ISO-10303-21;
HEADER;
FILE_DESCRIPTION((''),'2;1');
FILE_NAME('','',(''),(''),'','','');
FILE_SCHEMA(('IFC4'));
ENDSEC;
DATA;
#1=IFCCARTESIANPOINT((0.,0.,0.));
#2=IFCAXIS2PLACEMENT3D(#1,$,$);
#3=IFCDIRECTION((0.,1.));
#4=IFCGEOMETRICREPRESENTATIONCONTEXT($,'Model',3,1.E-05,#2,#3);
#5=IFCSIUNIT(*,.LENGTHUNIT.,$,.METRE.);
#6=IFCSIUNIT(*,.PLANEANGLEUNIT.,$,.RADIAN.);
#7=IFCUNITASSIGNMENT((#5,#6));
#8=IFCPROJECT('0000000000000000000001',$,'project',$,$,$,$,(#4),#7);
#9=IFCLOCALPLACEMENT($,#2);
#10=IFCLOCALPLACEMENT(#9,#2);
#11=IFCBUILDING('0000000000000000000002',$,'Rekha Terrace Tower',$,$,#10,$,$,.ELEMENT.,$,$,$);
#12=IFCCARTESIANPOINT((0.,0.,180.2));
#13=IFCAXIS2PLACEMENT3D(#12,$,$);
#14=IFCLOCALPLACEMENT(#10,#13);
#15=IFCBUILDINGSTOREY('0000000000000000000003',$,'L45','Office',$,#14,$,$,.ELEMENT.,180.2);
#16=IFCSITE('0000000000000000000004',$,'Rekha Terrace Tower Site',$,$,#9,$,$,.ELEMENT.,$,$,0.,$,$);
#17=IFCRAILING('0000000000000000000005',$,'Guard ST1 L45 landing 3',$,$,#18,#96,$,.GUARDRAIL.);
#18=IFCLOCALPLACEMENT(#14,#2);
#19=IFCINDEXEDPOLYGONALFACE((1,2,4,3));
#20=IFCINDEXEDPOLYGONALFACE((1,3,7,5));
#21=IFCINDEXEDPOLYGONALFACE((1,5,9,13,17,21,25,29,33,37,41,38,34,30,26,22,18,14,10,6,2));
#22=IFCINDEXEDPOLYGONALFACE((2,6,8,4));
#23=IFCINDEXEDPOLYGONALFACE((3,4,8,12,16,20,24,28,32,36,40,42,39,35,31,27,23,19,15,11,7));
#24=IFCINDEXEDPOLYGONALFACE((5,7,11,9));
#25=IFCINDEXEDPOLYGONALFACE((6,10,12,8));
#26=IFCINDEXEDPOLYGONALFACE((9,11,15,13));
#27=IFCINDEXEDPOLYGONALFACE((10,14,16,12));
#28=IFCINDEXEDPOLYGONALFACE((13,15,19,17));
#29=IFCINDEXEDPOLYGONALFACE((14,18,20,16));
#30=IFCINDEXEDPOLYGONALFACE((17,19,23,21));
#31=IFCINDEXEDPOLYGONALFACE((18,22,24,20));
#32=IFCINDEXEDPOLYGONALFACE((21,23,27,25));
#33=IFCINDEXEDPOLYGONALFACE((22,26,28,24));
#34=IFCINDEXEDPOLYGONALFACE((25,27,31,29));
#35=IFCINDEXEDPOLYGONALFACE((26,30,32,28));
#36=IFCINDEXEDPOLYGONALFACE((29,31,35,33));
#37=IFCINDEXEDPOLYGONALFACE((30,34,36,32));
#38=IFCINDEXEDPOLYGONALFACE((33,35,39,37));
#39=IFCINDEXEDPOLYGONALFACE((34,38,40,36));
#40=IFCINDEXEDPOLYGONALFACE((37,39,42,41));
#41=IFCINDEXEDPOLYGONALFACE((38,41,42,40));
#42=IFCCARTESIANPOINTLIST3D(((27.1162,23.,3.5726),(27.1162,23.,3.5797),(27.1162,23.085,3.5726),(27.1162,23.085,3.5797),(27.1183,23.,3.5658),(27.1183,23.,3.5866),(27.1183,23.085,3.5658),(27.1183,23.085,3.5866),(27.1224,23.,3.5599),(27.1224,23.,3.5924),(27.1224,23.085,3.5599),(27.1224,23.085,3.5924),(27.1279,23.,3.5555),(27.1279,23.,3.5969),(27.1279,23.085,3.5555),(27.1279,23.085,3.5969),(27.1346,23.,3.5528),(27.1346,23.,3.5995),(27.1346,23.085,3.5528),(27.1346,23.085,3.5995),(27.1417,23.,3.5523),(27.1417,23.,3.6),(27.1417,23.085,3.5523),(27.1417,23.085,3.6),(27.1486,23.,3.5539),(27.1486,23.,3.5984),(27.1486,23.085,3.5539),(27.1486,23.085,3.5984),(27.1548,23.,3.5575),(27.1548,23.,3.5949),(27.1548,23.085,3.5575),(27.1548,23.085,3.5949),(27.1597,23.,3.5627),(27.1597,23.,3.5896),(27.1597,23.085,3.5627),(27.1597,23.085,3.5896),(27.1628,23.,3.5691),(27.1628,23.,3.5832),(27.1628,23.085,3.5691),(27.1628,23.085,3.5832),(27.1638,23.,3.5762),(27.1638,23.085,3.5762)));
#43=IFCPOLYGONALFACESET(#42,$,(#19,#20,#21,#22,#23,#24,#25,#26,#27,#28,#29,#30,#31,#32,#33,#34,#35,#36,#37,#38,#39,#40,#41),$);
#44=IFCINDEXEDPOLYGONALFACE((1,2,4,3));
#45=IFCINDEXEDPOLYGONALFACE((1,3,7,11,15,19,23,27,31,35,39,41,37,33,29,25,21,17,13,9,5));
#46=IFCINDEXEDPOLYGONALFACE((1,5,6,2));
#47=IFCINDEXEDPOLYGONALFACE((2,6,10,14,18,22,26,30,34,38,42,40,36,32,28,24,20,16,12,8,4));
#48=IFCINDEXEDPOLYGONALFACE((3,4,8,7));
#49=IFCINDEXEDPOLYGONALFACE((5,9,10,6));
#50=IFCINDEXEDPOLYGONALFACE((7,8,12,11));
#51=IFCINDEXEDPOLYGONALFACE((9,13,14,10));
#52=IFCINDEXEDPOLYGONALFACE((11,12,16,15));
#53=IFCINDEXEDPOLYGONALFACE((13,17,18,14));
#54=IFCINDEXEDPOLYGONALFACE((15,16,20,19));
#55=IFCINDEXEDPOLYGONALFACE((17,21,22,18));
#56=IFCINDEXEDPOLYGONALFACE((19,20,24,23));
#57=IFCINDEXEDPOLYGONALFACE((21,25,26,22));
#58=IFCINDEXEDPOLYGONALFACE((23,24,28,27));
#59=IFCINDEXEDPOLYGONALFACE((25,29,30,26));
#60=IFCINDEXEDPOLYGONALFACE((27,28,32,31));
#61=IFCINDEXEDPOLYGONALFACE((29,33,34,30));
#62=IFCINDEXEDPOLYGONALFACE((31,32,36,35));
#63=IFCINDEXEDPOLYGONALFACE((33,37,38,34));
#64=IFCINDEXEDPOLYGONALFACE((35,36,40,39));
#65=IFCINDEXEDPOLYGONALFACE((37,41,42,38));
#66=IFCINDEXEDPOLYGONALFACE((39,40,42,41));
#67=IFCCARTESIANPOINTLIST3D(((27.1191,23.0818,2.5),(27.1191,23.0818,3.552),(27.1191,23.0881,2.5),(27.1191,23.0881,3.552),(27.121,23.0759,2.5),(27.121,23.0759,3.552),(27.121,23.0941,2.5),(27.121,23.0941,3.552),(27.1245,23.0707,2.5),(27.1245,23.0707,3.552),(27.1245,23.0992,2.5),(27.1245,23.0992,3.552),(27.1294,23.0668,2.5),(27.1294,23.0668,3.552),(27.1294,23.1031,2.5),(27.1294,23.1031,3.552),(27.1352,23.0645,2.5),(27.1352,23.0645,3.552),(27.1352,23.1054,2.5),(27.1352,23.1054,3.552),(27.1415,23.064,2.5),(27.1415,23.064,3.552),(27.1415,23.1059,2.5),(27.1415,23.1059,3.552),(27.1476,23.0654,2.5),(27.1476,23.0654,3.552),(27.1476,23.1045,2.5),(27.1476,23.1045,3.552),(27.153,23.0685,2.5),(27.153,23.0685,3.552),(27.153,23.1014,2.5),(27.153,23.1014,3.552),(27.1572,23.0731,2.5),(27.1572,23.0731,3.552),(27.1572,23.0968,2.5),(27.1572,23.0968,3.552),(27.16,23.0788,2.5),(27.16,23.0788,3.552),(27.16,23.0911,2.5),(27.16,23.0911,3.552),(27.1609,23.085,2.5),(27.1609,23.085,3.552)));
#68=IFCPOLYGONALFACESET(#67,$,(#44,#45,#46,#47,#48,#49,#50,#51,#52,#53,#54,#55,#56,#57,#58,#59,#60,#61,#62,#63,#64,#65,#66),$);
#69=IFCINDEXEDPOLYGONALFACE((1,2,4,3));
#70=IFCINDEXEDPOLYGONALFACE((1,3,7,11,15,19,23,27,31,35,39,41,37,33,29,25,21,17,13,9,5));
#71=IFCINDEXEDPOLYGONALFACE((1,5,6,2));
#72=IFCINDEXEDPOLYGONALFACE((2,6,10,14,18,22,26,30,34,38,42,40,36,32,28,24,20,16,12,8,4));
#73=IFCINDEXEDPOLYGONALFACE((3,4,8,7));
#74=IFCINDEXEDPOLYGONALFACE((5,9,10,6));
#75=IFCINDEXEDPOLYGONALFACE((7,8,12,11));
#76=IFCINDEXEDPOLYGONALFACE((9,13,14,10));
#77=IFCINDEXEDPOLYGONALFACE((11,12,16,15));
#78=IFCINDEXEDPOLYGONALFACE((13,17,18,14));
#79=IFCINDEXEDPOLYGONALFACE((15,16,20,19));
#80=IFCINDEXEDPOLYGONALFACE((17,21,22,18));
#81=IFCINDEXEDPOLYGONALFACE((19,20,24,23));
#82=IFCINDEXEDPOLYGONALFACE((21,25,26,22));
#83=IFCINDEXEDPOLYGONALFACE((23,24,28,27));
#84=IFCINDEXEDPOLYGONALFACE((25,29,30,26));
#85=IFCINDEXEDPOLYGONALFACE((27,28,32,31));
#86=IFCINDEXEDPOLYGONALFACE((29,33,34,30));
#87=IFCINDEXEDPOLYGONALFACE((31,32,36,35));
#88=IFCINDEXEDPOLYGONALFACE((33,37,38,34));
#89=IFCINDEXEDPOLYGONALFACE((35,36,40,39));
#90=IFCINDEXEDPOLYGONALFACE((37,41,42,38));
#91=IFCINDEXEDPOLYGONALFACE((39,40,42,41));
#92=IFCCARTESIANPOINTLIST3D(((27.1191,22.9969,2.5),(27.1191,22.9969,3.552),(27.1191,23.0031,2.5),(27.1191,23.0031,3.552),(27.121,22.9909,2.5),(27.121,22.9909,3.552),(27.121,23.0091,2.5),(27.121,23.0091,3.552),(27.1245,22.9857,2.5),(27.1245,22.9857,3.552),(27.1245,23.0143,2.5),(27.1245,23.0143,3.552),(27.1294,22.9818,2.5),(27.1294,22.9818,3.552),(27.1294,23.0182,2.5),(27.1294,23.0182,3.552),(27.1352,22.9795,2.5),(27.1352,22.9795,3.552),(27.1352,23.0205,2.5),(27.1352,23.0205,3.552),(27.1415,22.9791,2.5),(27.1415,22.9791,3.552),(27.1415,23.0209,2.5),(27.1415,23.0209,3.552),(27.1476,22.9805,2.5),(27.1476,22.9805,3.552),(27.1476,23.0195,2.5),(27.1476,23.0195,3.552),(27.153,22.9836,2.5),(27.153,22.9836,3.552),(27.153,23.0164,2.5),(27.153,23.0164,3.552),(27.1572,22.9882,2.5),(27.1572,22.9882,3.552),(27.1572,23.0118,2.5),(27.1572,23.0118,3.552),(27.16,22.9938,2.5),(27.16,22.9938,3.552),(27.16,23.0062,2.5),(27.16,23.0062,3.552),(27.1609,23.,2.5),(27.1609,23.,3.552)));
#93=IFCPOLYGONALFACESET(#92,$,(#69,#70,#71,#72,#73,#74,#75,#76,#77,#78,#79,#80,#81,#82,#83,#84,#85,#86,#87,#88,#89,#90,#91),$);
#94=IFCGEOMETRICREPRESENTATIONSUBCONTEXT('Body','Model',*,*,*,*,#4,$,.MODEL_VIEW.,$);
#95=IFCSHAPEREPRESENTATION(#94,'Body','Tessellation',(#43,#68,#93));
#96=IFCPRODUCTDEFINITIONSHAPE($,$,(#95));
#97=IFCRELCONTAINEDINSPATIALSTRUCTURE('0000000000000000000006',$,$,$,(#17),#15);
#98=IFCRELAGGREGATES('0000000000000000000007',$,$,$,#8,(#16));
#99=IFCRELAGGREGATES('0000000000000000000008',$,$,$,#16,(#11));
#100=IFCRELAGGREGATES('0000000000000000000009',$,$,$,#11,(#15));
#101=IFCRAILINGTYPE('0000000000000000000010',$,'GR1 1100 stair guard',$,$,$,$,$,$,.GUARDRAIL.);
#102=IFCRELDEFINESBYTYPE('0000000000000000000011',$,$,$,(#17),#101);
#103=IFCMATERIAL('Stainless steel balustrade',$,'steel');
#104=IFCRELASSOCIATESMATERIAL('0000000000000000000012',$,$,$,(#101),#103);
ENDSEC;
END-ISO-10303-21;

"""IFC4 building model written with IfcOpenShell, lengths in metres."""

from ifc_helpers import new_model, si_unit, direction, frame, origin, origin_2d, place, context, subcontext, project, spatial, circle, extrude, material, type_object, element, save


model = new_model("IFC4")

# Units and contexts
model_context = context("Model", 3, precision=1e-05, world=origin(), true_north=direction((0.0, 1.0)))
body_context = subcontext(model_context, "Body", "Model", "MODEL_VIEW")
ifc_project = project(units=[si_unit("LENGTHUNIT", "METRE"), si_unit("PLANEANGLEUNIT", "RADIAN")], contexts=[model_context])

# Site, building, storey
site_placement = place(None, origin())
site = spatial("IfcSite", under=ifc_project, at=site_placement, Name="Rekha Terrace Tower Site", CompositionType="ELEMENT", RefElevation=0.0)
building_placement = place(site_placement, origin())
building = spatial("IfcBuilding", under=site, at=building_placement, Name="Rekha Terrace Tower", CompositionType="ELEMENT")
storey_placement = place(building_placement, frame((0.0, 0.0, 180.2)))
storey = spatial("IfcBuildingStorey", under=building, at=storey_placement, Name="L45", Description="Office", CompositionType="ELEMENT", Elevation=180.2)

# Railing
ifc_material_1 = material(Name="Stainless steel balustrade", Category="steel")
railing_type_1 = type_object("IfcRailingType", Name="GR1 1100 stair guard", PredefinedType="GUARDRAIL", material=ifc_material_1)
railing_1_placement = place(storey_placement, frame((27.1399, 23.085, 2.5)))
element("IfcRailing", 1, at=railing_1_placement, inside=storey, type_object=railing_type_1, Name="Guard ST1 L45 landing 3", PredefinedType="GUARDRAIL", context=body_context, shape_type="SweptSolid", body=[
    extrude(circle(Radius=0.0239, at=origin_2d()), frame((0.0, 0.0, 1.0762), z_axis=(0.0, -1.0, 0.0), x_axis=(1.0, 0.0, 0.0)), (0.0, 0.0, 1.0), 0.085),
    extrude(circle(Radius=0.021, at=origin_2d()), origin(), (0.0, 0.0, 1.0), 1.052),
    extrude(circle(Radius=0.021, at=origin_2d()), frame((0.0, -0.085, 0.0)), (0.0, 0.0, 1.0), 1.052),
])

save(model, "model.ifc")
